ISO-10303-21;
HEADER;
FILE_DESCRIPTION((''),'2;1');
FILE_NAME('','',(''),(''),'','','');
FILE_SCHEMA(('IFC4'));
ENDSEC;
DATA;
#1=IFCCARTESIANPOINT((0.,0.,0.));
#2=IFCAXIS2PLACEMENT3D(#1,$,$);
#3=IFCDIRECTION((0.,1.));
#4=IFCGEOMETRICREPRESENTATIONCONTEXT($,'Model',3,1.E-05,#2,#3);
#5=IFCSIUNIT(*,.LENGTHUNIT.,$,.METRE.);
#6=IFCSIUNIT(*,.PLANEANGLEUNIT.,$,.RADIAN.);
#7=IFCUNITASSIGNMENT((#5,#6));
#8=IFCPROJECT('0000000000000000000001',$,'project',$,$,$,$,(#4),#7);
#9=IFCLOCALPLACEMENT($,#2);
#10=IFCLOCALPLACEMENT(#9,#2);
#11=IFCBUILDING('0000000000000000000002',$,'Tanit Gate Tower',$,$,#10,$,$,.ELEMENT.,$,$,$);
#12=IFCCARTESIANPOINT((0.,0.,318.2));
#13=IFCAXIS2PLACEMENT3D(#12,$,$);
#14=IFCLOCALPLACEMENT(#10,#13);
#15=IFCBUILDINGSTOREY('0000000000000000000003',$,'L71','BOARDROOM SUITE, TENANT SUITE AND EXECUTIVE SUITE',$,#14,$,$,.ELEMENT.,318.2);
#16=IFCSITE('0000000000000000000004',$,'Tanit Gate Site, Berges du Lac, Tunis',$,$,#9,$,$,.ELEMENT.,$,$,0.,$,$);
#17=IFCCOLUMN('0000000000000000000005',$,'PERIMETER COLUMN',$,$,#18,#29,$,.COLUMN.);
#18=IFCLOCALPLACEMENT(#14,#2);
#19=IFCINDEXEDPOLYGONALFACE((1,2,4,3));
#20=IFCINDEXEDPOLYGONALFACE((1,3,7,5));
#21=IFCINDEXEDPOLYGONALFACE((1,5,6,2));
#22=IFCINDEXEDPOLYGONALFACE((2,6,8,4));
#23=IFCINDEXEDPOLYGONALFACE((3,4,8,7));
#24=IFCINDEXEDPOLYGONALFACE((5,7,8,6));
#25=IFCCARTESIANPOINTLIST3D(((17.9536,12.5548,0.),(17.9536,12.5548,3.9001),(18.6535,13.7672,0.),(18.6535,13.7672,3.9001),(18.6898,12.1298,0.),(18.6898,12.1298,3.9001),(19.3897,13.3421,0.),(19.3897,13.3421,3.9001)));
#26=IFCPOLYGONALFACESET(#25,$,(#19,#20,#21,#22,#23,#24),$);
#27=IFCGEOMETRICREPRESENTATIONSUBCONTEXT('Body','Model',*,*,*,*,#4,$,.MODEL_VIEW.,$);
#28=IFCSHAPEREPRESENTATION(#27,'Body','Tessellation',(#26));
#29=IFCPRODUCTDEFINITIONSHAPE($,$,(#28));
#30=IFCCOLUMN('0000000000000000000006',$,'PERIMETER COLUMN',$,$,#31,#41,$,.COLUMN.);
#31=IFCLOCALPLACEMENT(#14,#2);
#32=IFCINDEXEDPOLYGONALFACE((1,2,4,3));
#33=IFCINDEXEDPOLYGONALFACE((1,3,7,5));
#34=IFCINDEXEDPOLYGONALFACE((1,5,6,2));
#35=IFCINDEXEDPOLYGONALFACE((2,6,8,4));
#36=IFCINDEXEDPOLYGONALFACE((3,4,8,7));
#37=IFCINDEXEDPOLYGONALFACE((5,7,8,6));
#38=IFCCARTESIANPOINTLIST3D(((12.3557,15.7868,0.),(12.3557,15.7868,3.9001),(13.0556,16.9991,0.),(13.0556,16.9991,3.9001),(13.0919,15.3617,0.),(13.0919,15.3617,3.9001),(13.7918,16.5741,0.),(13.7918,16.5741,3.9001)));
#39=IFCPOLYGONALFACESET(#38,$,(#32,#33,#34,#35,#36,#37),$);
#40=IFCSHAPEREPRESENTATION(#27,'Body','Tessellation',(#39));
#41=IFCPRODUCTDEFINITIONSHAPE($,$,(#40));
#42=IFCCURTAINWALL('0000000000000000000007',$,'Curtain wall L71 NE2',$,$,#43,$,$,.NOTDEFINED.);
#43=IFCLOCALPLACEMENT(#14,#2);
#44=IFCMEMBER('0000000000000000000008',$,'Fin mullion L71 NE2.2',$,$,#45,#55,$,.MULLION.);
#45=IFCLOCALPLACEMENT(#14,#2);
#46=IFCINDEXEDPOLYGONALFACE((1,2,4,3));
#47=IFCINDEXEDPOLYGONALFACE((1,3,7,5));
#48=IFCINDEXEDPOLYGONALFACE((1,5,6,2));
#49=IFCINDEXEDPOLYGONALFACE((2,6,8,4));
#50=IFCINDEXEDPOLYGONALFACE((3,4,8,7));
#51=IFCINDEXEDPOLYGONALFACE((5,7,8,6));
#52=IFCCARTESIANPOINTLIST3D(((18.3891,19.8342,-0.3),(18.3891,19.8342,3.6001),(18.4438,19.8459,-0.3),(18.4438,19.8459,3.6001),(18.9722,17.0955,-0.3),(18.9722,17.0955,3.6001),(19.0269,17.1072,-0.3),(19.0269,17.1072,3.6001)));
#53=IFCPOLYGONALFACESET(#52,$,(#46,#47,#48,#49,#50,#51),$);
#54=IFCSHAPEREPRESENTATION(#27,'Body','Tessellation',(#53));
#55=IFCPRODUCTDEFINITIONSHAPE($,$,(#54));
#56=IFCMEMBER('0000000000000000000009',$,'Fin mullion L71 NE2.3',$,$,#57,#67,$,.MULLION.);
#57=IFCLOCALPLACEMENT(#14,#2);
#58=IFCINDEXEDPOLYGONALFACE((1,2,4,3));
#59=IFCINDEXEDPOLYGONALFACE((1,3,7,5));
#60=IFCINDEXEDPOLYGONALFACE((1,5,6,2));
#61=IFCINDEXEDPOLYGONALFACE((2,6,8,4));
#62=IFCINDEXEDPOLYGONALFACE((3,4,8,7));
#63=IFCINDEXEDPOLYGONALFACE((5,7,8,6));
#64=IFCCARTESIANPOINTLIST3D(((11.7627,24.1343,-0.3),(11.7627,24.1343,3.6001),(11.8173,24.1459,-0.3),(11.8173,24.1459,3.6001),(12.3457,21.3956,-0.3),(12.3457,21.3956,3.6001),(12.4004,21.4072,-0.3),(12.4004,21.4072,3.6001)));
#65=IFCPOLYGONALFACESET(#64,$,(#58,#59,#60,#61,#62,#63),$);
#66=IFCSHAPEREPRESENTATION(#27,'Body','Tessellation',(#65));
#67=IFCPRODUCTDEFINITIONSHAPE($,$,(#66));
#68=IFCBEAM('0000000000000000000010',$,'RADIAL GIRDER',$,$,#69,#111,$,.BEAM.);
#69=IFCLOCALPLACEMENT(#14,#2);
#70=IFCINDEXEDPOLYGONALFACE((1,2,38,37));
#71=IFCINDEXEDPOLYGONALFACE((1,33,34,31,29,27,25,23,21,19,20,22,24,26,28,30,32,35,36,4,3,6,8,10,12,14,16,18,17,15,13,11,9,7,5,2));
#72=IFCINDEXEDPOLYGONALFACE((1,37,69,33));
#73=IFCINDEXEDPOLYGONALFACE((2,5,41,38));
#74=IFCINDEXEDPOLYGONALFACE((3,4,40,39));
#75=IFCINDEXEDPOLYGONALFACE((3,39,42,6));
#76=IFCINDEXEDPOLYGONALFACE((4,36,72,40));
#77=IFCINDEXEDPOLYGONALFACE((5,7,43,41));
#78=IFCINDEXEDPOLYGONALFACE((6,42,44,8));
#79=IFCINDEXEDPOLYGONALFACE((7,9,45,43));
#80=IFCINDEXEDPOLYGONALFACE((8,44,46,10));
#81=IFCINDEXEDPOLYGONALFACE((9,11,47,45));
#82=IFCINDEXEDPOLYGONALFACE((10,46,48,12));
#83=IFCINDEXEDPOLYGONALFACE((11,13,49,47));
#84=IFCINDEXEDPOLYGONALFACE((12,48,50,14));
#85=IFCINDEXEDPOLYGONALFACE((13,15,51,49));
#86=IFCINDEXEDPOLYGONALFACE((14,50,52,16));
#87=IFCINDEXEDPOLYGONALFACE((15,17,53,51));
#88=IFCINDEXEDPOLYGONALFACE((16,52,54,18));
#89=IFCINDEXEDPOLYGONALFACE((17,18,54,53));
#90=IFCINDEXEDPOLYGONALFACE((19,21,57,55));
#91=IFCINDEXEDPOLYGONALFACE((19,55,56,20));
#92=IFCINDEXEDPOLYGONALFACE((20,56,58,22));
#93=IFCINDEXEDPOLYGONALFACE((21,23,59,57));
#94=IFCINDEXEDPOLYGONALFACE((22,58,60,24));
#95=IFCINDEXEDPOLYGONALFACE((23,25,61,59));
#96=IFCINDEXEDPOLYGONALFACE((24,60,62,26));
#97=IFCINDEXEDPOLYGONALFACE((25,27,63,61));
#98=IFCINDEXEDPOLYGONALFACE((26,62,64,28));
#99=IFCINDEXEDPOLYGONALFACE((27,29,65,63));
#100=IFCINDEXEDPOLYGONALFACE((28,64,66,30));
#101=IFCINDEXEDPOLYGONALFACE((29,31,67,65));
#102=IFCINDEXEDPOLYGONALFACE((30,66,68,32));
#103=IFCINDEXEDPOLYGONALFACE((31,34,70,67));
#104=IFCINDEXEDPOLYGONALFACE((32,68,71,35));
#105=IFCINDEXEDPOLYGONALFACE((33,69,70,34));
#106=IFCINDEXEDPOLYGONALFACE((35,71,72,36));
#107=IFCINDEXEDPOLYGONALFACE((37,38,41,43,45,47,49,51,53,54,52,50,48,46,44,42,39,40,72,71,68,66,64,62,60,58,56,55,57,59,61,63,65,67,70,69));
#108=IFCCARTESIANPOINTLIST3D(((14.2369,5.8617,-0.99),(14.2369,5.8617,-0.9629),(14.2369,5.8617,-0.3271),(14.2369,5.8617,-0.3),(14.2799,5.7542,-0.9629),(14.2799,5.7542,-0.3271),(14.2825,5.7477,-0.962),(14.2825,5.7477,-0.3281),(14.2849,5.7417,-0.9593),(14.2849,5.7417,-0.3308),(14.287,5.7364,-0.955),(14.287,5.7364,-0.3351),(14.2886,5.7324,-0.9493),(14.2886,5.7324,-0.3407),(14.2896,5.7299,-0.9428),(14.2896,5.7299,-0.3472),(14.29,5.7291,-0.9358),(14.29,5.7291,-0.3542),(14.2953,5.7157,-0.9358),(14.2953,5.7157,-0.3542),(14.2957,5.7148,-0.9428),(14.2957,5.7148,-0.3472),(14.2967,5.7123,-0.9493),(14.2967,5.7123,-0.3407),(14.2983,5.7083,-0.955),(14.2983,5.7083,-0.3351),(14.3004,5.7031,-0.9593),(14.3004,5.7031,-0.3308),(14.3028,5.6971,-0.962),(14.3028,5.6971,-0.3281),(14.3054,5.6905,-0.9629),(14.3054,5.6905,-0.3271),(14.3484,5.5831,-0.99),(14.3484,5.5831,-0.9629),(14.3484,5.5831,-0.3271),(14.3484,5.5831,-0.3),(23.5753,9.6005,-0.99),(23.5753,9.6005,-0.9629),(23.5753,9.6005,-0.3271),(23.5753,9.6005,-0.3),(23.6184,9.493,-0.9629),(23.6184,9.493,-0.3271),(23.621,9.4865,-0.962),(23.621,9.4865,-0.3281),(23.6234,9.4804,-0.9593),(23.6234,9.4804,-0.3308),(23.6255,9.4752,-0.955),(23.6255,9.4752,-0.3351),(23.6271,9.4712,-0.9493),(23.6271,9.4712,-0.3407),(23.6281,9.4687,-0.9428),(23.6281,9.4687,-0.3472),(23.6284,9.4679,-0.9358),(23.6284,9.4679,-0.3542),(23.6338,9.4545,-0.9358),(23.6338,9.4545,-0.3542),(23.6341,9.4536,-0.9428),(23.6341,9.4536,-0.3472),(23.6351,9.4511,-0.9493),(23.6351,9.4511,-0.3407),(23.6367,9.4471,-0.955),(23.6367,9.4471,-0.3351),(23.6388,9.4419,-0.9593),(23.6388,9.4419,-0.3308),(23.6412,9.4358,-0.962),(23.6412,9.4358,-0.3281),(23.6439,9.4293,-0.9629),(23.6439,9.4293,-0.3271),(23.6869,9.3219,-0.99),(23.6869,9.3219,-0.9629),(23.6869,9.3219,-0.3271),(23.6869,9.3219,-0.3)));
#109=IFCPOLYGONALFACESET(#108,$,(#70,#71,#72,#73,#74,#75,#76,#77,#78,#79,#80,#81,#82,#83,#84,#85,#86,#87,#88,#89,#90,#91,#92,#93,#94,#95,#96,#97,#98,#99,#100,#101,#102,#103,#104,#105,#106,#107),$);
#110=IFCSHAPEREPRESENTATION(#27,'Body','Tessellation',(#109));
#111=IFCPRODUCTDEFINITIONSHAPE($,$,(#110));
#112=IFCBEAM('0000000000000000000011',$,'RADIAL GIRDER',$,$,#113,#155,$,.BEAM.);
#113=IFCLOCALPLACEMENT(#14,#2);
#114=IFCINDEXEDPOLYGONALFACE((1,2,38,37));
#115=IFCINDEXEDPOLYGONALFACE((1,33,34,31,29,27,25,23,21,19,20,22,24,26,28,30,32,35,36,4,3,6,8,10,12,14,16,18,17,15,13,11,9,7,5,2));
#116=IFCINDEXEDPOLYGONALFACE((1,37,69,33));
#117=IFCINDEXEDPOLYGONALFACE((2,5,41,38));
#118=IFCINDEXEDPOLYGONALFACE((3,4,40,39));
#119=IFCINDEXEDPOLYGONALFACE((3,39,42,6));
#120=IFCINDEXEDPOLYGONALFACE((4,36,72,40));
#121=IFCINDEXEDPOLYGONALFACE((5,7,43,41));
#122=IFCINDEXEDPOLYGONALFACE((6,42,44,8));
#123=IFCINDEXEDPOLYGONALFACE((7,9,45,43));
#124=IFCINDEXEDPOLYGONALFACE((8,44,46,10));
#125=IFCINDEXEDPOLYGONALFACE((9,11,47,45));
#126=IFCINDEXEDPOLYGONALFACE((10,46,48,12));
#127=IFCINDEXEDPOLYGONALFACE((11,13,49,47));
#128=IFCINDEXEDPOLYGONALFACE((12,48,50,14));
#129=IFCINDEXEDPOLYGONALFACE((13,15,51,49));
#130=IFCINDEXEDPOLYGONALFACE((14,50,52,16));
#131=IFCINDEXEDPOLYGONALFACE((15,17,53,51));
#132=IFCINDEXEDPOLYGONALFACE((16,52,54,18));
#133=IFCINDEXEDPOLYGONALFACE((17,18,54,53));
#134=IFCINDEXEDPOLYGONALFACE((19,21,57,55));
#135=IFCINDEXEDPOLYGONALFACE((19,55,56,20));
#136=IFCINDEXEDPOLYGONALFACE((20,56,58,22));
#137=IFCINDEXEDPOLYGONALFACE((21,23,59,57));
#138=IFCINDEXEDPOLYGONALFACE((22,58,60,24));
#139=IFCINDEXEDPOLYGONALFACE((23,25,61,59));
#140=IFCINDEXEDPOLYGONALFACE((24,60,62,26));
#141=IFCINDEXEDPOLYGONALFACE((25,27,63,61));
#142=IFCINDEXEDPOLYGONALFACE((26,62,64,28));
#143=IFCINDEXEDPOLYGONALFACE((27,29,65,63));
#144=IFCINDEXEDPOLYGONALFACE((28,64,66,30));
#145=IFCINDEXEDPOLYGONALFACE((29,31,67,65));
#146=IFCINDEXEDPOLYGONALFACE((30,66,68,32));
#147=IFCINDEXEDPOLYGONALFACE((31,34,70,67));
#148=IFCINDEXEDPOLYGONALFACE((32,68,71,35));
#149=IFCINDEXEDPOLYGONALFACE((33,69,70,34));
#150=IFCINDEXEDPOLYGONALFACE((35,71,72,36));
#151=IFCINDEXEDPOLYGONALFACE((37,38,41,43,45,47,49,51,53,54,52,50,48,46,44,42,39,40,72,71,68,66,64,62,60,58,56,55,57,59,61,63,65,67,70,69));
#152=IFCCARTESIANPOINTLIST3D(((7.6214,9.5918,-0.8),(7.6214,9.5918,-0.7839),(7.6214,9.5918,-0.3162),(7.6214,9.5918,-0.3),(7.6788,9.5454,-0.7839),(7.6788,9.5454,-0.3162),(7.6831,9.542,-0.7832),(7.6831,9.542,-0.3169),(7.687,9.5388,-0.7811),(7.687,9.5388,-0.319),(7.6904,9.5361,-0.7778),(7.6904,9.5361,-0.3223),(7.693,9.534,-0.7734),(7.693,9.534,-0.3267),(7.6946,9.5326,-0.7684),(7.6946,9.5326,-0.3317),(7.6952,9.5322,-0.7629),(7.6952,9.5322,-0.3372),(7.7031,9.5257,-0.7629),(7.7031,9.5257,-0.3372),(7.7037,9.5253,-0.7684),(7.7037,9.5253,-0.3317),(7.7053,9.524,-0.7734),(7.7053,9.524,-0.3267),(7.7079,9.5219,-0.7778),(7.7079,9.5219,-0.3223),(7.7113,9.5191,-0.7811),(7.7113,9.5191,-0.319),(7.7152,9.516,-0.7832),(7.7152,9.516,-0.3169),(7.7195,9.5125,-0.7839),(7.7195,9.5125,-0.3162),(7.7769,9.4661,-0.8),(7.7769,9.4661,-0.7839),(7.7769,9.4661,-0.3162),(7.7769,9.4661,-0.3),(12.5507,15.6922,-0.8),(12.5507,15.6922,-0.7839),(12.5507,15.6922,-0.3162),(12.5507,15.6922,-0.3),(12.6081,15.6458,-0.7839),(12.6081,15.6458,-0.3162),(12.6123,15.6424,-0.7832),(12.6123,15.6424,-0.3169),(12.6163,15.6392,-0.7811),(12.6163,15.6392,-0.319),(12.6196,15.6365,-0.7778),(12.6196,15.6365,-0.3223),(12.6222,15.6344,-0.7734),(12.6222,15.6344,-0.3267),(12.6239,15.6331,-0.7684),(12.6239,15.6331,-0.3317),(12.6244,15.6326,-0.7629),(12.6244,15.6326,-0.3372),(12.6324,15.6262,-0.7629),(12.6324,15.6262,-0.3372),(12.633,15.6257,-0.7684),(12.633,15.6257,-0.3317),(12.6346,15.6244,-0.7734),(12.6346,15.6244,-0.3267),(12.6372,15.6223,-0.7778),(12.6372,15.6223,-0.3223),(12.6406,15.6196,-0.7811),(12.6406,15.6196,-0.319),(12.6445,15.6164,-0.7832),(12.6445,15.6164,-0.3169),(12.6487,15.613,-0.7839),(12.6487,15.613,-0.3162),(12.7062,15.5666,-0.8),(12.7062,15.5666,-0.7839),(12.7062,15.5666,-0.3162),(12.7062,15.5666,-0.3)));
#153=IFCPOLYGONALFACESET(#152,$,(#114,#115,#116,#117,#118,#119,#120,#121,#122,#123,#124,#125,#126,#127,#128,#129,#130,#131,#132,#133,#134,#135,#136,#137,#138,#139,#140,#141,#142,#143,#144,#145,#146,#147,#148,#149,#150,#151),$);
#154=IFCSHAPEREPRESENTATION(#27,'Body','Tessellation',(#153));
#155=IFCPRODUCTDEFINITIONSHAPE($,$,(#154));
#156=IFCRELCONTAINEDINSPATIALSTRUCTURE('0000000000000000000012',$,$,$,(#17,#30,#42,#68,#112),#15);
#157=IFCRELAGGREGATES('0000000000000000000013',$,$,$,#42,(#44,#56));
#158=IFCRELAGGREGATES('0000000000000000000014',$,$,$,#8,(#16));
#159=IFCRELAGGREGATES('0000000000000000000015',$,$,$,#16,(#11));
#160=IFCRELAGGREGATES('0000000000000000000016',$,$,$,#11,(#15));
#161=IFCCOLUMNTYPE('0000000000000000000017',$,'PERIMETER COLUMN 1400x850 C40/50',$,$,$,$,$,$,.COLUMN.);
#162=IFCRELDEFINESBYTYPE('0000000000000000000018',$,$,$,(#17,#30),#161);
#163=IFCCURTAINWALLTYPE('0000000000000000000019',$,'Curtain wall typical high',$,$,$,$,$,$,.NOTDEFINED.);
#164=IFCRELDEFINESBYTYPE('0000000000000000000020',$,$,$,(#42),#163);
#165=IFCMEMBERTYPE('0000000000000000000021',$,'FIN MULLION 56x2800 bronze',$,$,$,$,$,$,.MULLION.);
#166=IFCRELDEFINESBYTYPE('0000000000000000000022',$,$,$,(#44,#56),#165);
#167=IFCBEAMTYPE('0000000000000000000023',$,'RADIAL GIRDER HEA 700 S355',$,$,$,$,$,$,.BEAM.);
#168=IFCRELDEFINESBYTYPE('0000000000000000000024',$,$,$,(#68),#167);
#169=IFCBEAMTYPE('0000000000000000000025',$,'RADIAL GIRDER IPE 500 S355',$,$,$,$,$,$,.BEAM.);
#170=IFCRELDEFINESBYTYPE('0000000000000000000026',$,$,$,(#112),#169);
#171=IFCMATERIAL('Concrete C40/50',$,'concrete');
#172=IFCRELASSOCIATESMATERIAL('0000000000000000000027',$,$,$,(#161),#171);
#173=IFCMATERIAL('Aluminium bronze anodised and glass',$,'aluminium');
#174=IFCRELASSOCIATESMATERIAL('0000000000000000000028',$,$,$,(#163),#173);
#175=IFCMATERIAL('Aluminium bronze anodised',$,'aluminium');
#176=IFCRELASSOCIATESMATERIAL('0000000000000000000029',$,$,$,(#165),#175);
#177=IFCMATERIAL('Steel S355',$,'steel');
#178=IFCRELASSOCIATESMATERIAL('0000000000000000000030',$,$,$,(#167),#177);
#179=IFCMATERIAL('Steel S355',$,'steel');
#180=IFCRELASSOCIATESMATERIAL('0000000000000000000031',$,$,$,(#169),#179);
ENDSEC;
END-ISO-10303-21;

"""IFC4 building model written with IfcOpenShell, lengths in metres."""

from ifc_helpers import new_model, si_unit, direction, frame, origin, origin_2d, place, context, subcontext, project, spatial, rectangle, i_section, extrude, material, material_profile, profile_set, type_object, element, aggregate, save


model = new_model("IFC4")

# Units and contexts
model_context = context("Model", 3, precision=1e-05, world=origin(), true_north=direction((0.0, 1.0)))
body_context = subcontext(model_context, "Body", "Model", "MODEL_VIEW")
ifc_project = project(units=[si_unit("LENGTHUNIT", "METRE"), si_unit("PLANEANGLEUNIT", "RADIAN")], contexts=[model_context])

# Site, building, storey
site_placement = place(None, origin())
site = spatial("IfcSite", under=ifc_project, at=site_placement, Name="Tanit Gate Site, Berges du Lac, Tunis", CompositionType="ELEMENT", RefElevation=0.0)
building_placement = place(site_placement, origin())
building = spatial("IfcBuilding", under=site, at=building_placement, Name="Tanit Gate Tower", CompositionType="ELEMENT")
storey_placement = place(building_placement, frame((0.0, 0.0, 318.2)))
storey = spatial("IfcBuildingStorey", under=building, at=storey_placement, Name="L71", Description="BOARDROOM SUITE, TENANT SUITE AND EXECUTIVE SUITE", CompositionType="ELEMENT", Elevation=318.2)

# Columns
ifc_material_1 = material(Name="Concrete C40/50", Category="concrete")
ifc_material_profile_1 = material_profile(ifc_material_1, rectangle(XDim=1.3999, YDim=0.8501, at=origin_2d()), Name="RC 1400x850")
ifc_profile_set_1 = profile_set([ifc_material_profile_1], Name="Concrete C40/50")
column_type = type_object("IfcColumnType", Name="PERIMETER COLUMN 1400x850 C40/50", PredefinedType="COLUMN", material=ifc_profile_set_1)
for number, where, z_axis, x_axis, name in (
    (1, (18.6716, 12.9485, 0.0), (0.0, 0.0, 1.0), (0.5, 0.866025, 0.0), "PERIMETER COLUMN"),
    (2, (13.0737, 16.1804, 0.0), (0.0, 0.0, 1.0), (0.5, 0.866025, 0.0), "PERIMETER COLUMN"),
):
    element("IfcColumn", number, at=place(storey_placement, frame(where, z_axis=z_axis, x_axis=x_axis)), inside=storey, type_object=column_type, Name=name, PredefinedType="COLUMN", context=body_context, shape_type="SweptSolid", body=[
        extrude(rectangle(XDim=1.3999, YDim=0.8501, at=origin_2d()), origin(), (0.0, 0.0, 1.0), 3.9001),
    ])

# Curtain wall, members
ifc_material_2 = material(Name="Aluminium bronze anodised and glass", Category="aluminium")
curtain_wall_type = type_object("IfcCurtainWallType", Name="Curtain wall typical high", PredefinedType="NOTDEFINED", material=ifc_material_2)
curtain_wall_placement = place(storey_placement, origin())
curtain_wall = element("IfcCurtainWall", 3, at=curtain_wall_placement, inside=storey, type_object=curtain_wall_type, Name="Curtain wall L71 NE2", PredefinedType="NOTDEFINED")
ifc_material_3 = material(Name="Aluminium bronze anodised", Category="aluminium")
ifc_material_profile_2 = material_profile(ifc_material_3, rectangle(XDim=2.8, YDim=0.0559, at=origin_2d()), Name="56x2800 bronze fin mullion")
ifc_profile_set_2 = profile_set([ifc_material_profile_2], Name="Aluminium bronze anodised")
member_type_1 = type_object("IfcMemberType", Name="FIN MULLION 56x2800 bronze", PredefinedType="MULLION", material=ifc_profile_set_2)
member_1_placement = place(storey_placement, frame((18.708, 18.4707, -0.3), z_axis=(0.0, 0.0, 1.0), x_axis=(0.208238, -0.978078, 0.0)))
member_1 = element("IfcMember", 4, at=member_1_placement, type_object=member_type_1, Name="Fin mullion L71 NE2.2", PredefinedType="MULLION", context=body_context, shape_type="SweptSolid", body=[
    extrude(rectangle(XDim=2.8, YDim=0.0559, at=origin_2d()), origin(), (0.0, 0.0, 1.0), 3.9001),
])
member_2_placement = place(storey_placement, frame((12.0815, 22.7708, -0.3), z_axis=(0.0, 0.0, 1.0), x_axis=(0.208238, -0.978078, 0.0)))
member_2 = element("IfcMember", 5, at=member_2_placement, type_object=member_type_1, Name="Fin mullion L71 NE2.3", PredefinedType="MULLION", context=body_context, shape_type="SweptSolid", body=[
    extrude(rectangle(XDim=2.8, YDim=0.0559, at=origin_2d()), origin(), (0.0, 0.0, 1.0), 3.9001),
])

# Beams
ifc_material_4 = material(Name="Steel S355", Category="steel")
ifc_material_profile_3 = material_profile(ifc_material_4, i_section(OverallWidth=0.3, OverallDepth=0.6899, WebThickness=0.0144, FlangeThickness=0.0271, FilletRadius=0.0271, at=origin_2d()), Name="HEA 700")
ifc_profile_set_3 = profile_set([ifc_material_profile_3], Name="Steel S355")
beam_type_1 = type_object("IfcBeamType", Name="RADIAL GIRDER HEA 700 S355", PredefinedType="BEAM", material=ifc_profile_set_3)
beam_1_placement = place(storey_placement, frame((23.6311, 9.4612, -0.645), z_axis=(-0.928359, -0.371684, 0.0), x_axis=(0.371684, -0.928359, 0.0)))
element("IfcBeam", 6, at=beam_1_placement, inside=storey, type_object=beam_type_1, Name="RADIAL GIRDER", PredefinedType="BEAM", context=body_context, shape_type="SweptSolid", body=[
    extrude(i_section(OverallWidth=0.3, OverallDepth=0.6899, WebThickness=0.0144, FlangeThickness=0.0271, FilletRadius=0.0271, at=origin_2d()), origin(), (0.0, 0.0, 1.0), 10.0591),
])
ifc_material_5 = material(Name="Steel S355", Category="steel")
ifc_material_profile_4 = material_profile(ifc_material_5, i_section(OverallWidth=0.2, OverallDepth=0.5, WebThickness=0.0103, FlangeThickness=0.0161, FilletRadius=0.021, at=origin_2d()), Name="IPE 500")
ifc_profile_set_4 = profile_set([ifc_material_profile_4], Name="Steel S355")
beam_type_2 = type_object("IfcBeamType", Name="RADIAL GIRDER IPE 500 S355", PredefinedType="BEAM", material=ifc_profile_set_4)
beam_2_placement = place(storey_placement, frame((12.6284, 15.6294, -0.55), z_axis=(-0.628491, -0.777817, 0.0), x_axis=(0.777817, -0.628491, 0.0)))
element("IfcBeam", 7, at=beam_2_placement, inside=storey, type_object=beam_type_2, Name="RADIAL GIRDER", PredefinedType="BEAM", context=body_context, shape_type="SweptSolid", body=[
    extrude(i_section(OverallWidth=0.2, OverallDepth=0.5, WebThickness=0.0103, FlangeThickness=0.0161, FilletRadius=0.021, at=origin_2d()), origin(), (0.0, 0.0, 1.0), 7.843),
])

aggregate(curtain_wall, [member_1, member_2])

save(model, "model.ifc")
